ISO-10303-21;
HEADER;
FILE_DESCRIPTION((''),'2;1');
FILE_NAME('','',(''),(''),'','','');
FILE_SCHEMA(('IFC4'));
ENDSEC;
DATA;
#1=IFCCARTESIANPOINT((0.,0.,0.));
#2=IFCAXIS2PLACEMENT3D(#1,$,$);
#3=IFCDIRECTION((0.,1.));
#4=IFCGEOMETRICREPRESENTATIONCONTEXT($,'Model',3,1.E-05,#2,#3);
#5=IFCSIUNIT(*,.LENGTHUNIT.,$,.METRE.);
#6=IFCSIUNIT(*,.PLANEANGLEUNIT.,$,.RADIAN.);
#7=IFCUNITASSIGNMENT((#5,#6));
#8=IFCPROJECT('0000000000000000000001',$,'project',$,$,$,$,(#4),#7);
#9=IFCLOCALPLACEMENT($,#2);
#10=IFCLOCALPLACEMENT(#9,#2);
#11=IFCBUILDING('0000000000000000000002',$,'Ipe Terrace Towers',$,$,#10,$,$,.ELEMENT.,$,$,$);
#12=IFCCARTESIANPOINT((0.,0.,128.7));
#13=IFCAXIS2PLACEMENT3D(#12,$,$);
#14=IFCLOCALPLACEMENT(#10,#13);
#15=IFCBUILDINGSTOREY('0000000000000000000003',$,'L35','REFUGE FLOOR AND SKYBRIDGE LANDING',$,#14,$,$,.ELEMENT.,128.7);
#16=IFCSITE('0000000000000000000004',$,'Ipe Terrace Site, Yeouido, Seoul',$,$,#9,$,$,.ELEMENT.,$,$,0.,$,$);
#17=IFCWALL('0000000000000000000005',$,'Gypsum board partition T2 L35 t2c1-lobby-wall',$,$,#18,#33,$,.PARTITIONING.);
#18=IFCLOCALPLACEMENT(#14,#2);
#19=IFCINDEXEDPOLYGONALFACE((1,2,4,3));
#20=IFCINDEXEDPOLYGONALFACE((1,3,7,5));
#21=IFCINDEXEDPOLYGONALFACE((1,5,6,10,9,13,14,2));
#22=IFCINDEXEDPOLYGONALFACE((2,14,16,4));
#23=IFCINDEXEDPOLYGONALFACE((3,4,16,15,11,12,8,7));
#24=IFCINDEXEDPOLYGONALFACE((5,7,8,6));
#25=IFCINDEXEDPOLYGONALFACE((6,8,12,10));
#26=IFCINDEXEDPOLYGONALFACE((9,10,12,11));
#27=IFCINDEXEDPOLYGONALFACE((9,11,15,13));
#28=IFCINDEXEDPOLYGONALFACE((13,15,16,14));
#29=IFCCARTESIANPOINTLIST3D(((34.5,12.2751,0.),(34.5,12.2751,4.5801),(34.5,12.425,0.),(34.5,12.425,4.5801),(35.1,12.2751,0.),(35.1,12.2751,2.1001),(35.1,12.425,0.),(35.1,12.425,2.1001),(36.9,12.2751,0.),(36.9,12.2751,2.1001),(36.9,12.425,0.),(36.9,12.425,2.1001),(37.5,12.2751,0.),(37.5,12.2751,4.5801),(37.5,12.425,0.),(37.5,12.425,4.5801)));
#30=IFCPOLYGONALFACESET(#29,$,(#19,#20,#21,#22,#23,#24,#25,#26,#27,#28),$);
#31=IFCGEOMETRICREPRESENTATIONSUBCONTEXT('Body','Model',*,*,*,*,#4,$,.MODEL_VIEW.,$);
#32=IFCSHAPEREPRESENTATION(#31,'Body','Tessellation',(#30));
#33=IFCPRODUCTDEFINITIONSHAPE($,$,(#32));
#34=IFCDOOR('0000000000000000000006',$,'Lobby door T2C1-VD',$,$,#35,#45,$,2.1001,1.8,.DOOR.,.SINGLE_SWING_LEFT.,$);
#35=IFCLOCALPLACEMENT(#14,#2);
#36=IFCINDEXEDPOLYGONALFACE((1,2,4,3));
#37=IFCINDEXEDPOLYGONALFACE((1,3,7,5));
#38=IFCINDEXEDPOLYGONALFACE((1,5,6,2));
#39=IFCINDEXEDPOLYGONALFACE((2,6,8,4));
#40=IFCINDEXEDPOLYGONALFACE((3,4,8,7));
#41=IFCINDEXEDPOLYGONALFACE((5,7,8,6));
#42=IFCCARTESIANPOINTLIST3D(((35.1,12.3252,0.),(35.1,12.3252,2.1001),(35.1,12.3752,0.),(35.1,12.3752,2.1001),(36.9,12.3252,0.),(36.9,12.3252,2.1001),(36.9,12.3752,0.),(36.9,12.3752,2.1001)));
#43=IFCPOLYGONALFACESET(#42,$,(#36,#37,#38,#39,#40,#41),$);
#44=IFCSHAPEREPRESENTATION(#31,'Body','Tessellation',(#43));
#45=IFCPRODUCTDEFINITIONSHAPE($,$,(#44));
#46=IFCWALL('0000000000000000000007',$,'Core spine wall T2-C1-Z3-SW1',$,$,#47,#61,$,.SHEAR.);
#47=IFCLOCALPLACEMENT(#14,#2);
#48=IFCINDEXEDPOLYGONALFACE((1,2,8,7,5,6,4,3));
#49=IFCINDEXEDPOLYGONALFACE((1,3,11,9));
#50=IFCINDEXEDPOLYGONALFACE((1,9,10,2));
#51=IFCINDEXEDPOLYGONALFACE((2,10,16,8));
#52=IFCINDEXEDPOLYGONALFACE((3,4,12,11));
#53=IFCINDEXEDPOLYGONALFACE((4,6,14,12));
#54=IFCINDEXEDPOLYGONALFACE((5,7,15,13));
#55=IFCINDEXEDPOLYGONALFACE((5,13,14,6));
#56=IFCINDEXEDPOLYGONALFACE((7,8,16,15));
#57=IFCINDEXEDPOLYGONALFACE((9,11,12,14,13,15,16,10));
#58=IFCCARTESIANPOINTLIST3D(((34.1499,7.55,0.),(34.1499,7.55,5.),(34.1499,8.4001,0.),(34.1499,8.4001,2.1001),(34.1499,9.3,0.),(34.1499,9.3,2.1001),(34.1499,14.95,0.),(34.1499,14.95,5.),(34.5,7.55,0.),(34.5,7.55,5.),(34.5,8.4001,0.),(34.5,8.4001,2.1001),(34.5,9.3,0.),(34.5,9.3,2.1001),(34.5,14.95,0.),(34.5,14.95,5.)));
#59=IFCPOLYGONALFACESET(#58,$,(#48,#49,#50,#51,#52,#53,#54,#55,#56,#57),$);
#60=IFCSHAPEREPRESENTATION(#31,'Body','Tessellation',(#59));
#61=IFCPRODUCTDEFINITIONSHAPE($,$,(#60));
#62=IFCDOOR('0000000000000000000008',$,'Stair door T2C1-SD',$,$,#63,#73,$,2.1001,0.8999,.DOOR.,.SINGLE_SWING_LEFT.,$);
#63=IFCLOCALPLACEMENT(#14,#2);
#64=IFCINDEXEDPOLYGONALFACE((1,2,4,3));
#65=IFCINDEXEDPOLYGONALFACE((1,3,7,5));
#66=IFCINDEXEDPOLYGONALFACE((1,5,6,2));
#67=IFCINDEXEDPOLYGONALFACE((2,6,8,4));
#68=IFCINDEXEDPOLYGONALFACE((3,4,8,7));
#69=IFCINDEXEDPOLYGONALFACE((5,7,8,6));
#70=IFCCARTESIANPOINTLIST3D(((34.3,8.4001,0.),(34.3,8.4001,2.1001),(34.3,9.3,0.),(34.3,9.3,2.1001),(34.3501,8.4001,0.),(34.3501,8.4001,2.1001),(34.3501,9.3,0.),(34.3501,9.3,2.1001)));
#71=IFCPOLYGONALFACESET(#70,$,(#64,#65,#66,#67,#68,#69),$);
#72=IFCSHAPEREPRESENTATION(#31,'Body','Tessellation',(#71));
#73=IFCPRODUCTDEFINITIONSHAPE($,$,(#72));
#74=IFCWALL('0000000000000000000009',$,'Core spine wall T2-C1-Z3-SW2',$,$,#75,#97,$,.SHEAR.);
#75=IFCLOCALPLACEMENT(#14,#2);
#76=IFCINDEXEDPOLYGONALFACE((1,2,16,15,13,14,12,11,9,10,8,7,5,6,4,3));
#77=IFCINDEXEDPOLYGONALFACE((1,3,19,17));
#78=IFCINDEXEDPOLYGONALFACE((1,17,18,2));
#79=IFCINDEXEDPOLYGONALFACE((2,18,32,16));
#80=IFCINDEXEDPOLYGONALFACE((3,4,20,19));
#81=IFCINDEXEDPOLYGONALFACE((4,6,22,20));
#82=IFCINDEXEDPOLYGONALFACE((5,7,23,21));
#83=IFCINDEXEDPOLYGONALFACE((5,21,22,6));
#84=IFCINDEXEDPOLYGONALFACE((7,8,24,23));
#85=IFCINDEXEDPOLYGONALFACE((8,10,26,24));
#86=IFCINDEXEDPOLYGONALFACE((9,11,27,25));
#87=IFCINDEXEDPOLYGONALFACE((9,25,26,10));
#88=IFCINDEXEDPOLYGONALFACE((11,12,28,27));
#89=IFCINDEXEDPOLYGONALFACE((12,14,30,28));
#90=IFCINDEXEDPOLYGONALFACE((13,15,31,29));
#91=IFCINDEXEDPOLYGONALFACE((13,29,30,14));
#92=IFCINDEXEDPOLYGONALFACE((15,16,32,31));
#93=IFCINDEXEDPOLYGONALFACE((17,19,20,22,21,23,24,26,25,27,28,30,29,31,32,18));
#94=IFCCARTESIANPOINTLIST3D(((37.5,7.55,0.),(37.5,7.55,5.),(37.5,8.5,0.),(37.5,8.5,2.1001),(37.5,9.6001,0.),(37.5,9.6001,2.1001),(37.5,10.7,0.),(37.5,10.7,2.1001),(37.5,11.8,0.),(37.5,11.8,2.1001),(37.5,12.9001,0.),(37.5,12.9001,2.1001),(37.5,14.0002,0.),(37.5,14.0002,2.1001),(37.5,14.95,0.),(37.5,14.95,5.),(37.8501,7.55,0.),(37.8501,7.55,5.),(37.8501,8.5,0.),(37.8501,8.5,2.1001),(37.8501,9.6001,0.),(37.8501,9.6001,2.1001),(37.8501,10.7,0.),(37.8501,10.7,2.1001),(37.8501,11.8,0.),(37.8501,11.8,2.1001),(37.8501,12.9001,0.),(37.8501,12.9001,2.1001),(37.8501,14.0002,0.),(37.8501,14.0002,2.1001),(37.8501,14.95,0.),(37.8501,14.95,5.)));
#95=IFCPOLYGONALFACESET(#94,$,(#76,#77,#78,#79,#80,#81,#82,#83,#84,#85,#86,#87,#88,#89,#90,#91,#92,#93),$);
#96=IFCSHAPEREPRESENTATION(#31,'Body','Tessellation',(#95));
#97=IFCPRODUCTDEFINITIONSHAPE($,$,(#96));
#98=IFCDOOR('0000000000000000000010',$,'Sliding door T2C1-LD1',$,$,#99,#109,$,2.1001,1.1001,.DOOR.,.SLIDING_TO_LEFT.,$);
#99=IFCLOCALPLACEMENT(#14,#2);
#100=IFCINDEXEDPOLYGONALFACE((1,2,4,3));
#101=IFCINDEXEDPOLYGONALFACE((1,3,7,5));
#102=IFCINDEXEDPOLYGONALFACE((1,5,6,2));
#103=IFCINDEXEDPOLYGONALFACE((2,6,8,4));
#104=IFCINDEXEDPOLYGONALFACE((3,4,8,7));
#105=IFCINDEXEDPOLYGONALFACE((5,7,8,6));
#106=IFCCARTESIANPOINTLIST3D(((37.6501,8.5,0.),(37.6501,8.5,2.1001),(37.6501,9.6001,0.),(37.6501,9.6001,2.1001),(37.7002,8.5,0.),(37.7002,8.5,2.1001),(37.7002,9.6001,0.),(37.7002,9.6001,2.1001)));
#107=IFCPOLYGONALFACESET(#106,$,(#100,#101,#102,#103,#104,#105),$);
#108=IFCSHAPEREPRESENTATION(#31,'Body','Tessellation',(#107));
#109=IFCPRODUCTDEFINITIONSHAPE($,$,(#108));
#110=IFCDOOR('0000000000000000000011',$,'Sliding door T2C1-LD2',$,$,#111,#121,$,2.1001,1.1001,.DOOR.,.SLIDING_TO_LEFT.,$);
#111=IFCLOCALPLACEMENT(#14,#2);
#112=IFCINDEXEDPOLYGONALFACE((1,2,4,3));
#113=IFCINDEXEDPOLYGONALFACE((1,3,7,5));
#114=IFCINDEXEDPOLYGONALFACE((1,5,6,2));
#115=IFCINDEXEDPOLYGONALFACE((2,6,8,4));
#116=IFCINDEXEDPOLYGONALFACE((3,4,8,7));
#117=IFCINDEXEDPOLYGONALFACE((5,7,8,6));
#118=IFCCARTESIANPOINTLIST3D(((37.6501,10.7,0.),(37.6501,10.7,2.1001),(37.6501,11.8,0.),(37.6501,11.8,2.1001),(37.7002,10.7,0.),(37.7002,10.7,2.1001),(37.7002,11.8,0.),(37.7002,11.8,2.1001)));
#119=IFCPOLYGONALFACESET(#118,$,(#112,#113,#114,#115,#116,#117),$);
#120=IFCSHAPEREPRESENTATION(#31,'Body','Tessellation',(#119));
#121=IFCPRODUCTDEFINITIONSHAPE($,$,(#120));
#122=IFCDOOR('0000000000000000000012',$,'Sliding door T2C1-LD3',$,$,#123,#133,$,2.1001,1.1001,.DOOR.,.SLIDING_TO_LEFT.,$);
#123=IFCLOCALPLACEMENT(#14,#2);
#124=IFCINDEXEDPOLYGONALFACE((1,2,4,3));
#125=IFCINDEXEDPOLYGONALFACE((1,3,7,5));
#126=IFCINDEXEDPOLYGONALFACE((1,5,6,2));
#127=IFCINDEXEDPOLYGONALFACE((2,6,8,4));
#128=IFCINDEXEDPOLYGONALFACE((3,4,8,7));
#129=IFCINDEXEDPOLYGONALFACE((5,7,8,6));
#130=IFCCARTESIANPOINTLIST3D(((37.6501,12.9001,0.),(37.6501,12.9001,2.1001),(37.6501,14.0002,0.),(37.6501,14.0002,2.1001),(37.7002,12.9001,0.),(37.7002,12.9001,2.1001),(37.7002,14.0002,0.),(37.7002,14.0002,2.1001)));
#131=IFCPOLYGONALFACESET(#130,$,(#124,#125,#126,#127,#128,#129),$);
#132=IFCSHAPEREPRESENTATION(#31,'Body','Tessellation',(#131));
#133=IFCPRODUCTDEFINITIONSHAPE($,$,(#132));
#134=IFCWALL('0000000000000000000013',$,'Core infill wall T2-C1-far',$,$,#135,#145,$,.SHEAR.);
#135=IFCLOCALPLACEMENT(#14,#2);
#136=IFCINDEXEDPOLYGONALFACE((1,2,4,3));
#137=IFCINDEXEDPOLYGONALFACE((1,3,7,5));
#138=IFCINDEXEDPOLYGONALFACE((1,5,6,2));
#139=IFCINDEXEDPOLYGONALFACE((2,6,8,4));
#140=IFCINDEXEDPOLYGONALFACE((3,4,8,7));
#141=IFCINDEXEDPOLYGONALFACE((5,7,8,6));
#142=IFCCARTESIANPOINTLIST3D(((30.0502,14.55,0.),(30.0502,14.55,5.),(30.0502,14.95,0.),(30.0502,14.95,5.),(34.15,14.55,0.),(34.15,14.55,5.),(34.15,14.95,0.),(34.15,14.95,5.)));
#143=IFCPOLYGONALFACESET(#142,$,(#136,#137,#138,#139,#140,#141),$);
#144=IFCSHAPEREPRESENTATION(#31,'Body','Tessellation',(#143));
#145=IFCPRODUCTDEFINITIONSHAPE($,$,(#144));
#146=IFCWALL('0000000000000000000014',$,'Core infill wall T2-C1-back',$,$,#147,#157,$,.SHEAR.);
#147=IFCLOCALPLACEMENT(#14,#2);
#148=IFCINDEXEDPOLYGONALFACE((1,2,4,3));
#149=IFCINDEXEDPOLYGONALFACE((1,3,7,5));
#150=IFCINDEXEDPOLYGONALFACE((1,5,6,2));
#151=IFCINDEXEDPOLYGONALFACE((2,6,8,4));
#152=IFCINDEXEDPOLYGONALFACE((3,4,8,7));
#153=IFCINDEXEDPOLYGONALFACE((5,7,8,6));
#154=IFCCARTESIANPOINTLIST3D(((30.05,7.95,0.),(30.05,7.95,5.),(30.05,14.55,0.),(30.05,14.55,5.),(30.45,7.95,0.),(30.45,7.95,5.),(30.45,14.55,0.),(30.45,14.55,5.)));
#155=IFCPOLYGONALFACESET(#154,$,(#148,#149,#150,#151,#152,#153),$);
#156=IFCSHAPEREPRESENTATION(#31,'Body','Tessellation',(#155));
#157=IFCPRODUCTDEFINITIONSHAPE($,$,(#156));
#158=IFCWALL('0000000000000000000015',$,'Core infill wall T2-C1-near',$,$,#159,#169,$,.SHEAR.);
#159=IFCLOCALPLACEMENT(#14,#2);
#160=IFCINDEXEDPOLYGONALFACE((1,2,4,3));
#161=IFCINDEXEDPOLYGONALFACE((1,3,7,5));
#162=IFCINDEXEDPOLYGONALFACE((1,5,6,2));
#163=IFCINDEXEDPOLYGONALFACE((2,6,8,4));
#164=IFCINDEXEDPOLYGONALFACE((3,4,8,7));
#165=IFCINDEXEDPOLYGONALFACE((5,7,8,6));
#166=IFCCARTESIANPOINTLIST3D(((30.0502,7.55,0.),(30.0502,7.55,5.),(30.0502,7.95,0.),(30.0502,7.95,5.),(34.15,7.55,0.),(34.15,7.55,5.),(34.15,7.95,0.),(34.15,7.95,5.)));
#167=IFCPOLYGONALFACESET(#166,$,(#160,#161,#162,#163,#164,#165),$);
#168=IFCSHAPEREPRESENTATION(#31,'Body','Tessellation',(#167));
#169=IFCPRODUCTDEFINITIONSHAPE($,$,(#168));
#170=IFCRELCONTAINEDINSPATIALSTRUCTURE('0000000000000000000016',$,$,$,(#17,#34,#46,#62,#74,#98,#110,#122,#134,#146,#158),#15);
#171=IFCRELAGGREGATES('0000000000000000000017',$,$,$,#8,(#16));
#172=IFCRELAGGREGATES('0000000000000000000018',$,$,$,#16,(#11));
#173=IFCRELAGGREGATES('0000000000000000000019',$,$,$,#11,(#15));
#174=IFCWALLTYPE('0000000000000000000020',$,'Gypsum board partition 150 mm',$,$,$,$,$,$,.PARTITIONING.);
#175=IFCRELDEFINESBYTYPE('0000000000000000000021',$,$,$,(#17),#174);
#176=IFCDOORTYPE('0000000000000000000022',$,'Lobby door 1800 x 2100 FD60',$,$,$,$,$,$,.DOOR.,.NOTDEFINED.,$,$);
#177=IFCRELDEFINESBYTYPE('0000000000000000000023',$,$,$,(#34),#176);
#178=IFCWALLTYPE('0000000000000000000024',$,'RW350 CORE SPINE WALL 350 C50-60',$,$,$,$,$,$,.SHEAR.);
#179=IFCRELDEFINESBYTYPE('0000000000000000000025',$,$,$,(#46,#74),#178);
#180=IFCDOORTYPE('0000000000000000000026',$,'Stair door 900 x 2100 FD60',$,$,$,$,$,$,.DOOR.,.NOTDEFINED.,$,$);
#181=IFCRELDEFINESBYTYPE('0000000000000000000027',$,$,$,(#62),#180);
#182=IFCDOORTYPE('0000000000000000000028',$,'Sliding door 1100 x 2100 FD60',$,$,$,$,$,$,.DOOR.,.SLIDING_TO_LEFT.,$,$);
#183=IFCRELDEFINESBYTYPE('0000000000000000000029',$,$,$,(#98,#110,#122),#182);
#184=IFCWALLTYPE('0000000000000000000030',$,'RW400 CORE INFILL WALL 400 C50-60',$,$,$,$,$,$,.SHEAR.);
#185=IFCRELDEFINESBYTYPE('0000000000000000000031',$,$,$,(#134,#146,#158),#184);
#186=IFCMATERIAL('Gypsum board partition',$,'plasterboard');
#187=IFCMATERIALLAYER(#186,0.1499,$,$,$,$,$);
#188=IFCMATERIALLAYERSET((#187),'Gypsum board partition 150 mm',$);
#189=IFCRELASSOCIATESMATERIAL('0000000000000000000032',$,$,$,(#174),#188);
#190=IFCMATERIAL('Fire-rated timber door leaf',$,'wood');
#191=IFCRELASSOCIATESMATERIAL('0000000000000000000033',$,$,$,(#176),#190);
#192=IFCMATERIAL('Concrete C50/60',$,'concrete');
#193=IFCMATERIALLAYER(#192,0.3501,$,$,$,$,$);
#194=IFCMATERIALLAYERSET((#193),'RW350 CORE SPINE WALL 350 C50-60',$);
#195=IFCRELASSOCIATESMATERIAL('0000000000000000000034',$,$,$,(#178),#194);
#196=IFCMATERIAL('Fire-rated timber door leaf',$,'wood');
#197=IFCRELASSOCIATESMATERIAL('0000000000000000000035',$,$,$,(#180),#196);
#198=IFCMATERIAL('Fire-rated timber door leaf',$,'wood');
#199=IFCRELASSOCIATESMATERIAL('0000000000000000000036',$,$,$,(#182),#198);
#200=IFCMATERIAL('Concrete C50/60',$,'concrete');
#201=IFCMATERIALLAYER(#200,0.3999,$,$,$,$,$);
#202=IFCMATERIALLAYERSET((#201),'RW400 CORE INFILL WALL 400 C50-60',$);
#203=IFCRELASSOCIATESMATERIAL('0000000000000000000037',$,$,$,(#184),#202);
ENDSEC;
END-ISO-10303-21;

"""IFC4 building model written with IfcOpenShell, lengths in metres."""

from ifc_helpers import new_model, si_unit, direction, frame, frame_2d, origin, place, context, subcontext, project, spatial, rectangle, extrude, material, layer, layer_set, type_object, element, fill, save


model = new_model("IFC4")

# Units and contexts
model_context = context("Model", 3, precision=1e-05, world=origin(), true_north=direction((0.0, 1.0)))
body_context = subcontext(model_context, "Body", "Model", "MODEL_VIEW")
ifc_project = project(units=[si_unit("LENGTHUNIT", "METRE"), si_unit("PLANEANGLEUNIT", "RADIAN")], contexts=[model_context])

# Site, building, storey
site_placement = place(None, origin())
site = spatial("IfcSite", under=ifc_project, at=site_placement, Name="Ipe Terrace Site, Yeouido, Seoul", CompositionType="ELEMENT", RefElevation=0.0)
building_placement = place(site_placement, origin())
building = spatial("IfcBuilding", under=site, at=building_placement, Name="Ipe Terrace Towers", CompositionType="ELEMENT")
storey_placement = place(building_placement, frame((0.0, 0.0, 128.7)))
storey = spatial("IfcBuildingStorey", under=building, at=storey_placement, Name="L35", Description="REFUGE FLOOR AND SKYBRIDGE LANDING", CompositionType="ELEMENT", Elevation=128.7)

# Walls, openings, doors
ifc_material_1 = material(Name="Gypsum board partition", Category="plasterboard")
ifc_layer_1 = layer(ifc_material_1, 0.1499)
ifc_layer_set_1 = layer_set([ifc_layer_1], Name="Gypsum board partition 150 mm")
wall_type_1 = type_object("IfcWallType", Name="Gypsum board partition 150 mm", PredefinedType="PARTITIONING", material=ifc_layer_set_1)
wall_1_placement = place(storey_placement, frame((37.5, 12.3501, 0.0), z_axis=(0.0, 0.0, 1.0), x_axis=(-1.0, 0.0, 0.0)))
wall_1 = element("IfcWall", 1, at=wall_1_placement, inside=storey, type_object=wall_type_1, Name="Gypsum board partition T2 L35 t2c1-lobby-wall", PredefinedType="PARTITIONING", context=body_context, shape_type="SweptSolid", body=[
    extrude(rectangle(XDim=3.0, YDim=0.1499, at=frame_2d((1.5, 0.0))), origin(), (0.0, 0.0, 1.0), 4.5801),
])
opening_1_placement = place(wall_1_placement, frame((0.6001, 0.0, 0.0)))
opening_1 = element("IfcOpeningElement", 2, at=opening_1_placement, cuts=wall_1, PredefinedType="OPENING", context=body_context, shape_type="SweptSolid", body=[
    extrude(rectangle(XDim=1.8, YDim=2.1001, at=frame_2d((0.8999, 1.05))), frame((0.0, 0.085, 0.0), z_axis=(0.0, -1.0, 0.0), x_axis=(1.0, 0.0, 0.0)), (0.0, 0.0, 1.0), 0.1699),
])
ifc_material_2 = material(Name="Fire-rated timber door leaf", Category="wood")
door_type_1 = type_object("IfcDoorType", Name="Lobby door 1800 x 2100 FD60", OperationType="NOTDEFINED", PredefinedType="DOOR", material=ifc_material_2)
door_1_placement = place(opening_1_placement, origin())
door_1 = element("IfcDoor", 3, at=door_1_placement, inside=storey, type_object=door_type_1, Name="Lobby door T2C1-VD", OperationType="SINGLE_SWING_LEFT", OverallHeight=2.1001, OverallWidth=1.8, PredefinedType="DOOR", context=body_context, shape_type="SweptSolid", body=[
    extrude(rectangle(XDim=1.8, YDim=2.1001, at=frame_2d((0.8999, 1.05))), frame((0.0, 0.0249, 0.0), z_axis=(0.0, -1.0, 0.0), x_axis=(1.0, 0.0, 0.0)), (0.0, 0.0, 1.0), 0.05),
])
fill(opening_1, door_1)
ifc_material_3 = material(Name="Concrete C50/60", Category="concrete")
ifc_layer_2 = layer(ifc_material_3, 0.3501)
ifc_layer_set_2 = layer_set([ifc_layer_2], Name="RW350 CORE SPINE WALL 350 C50-60")
wall_type_2 = type_object("IfcWallType", Name="RW350 CORE SPINE WALL 350 C50-60", PredefinedType="SHEAR", material=ifc_layer_set_2)
wall_2_placement = place(storey_placement, frame((34.325, 7.55, 0.0), z_axis=(0.0, 0.0, 1.0), x_axis=(0.0, 1.0, 0.0)))
wall_2 = element("IfcWall", 4, at=wall_2_placement, inside=storey, type_object=wall_type_2, Name="Core spine wall T2-C1-Z3-SW1", PredefinedType="SHEAR", context=body_context, shape_type="SweptSolid", body=[
    extrude(rectangle(XDim=7.3999, YDim=0.3501, at=frame_2d((3.7, 0.0))), origin(), (0.0, 0.0, 1.0), 5.0),
])
opening_2_placement = place(wall_2_placement, frame((0.8501, 0.0, 0.0)))
opening_2 = element("IfcOpeningElement", 5, at=opening_2_placement, cuts=wall_2, PredefinedType="OPENING", context=body_context, shape_type="SweptSolid", body=[
    extrude(rectangle(XDim=0.8999, YDim=2.1001, at=frame_2d((0.45, 1.05))), frame((0.0, 0.1851, 0.0), z_axis=(0.0, -1.0, 0.0), x_axis=(1.0, 0.0, 0.0)), (0.0, 0.0, 1.0), 0.3701),
])
ifc_material_4 = material(Name="Fire-rated timber door leaf", Category="wood")
door_type_2 = type_object("IfcDoorType", Name="Stair door 900 x 2100 FD60", OperationType="NOTDEFINED", PredefinedType="DOOR", material=ifc_material_4)
door_2_placement = place(opening_2_placement, origin())
door_2 = element("IfcDoor", 6, at=door_2_placement, inside=storey, type_object=door_type_2, Name="Stair door T2C1-SD", OperationType="SINGLE_SWING_LEFT", OverallHeight=2.1001, OverallWidth=0.8999, PredefinedType="DOOR", context=body_context, shape_type="SweptSolid", body=[
    extrude(rectangle(XDim=0.8999, YDim=2.1001, at=frame_2d((0.45, 1.05))), frame((0.0, 0.0249, 0.0), z_axis=(0.0, -1.0, 0.0), x_axis=(1.0, 0.0, 0.0)), (0.0, 0.0, 1.0), 0.05),
])
fill(opening_2, door_2)

# Wall, openings, doors
wall_3_placement = place(storey_placement, frame((37.675, 7.55, 0.0), z_axis=(0.0, 0.0, 1.0), x_axis=(0.0, 1.0, 0.0)))
wall_3 = element("IfcWall", 7, at=wall_3_placement, inside=storey, type_object=wall_type_2, Name="Core spine wall T2-C1-Z3-SW2", PredefinedType="SHEAR", context=body_context, shape_type="SweptSolid", body=[
    extrude(rectangle(XDim=7.3999, YDim=0.3501, at=frame_2d((3.7, 0.0))), origin(), (0.0, 0.0, 1.0), 5.0),
])
opening_3_placement = place(wall_3_placement, frame((0.95, 0.0, 0.0)))
opening_3 = element("IfcOpeningElement", 8, at=opening_3_placement, cuts=wall_3, PredefinedType="OPENING", context=body_context, shape_type="SweptSolid", body=[
    extrude(rectangle(XDim=1.1001, YDim=2.1001, at=frame_2d((0.55, 1.05))), frame((0.0, 0.1851, 0.0), z_axis=(0.0, -1.0, 0.0), x_axis=(1.0, 0.0, 0.0)), (0.0, 0.0, 1.0), 0.3701),
])
opening_4_placement = place(wall_3_placement, frame((3.1499, 0.0, 0.0)))
opening_4 = element("IfcOpeningElement", 9, at=opening_4_placement, cuts=wall_3, PredefinedType="OPENING", context=body_context, shape_type="SweptSolid", body=[
    extrude(rectangle(XDim=1.1001, YDim=2.1001, at=frame_2d((0.55, 1.05))), frame((0.0, 0.1851, 0.0), z_axis=(0.0, -1.0, 0.0), x_axis=(1.0, 0.0, 0.0)), (0.0, 0.0, 1.0), 0.3701),
])
opening_5_placement = place(wall_3_placement, frame((5.3501, 0.0, 0.0)))
opening_5 = element("IfcOpeningElement", 10, at=opening_5_placement, cuts=wall_3, PredefinedType="OPENING", context=body_context, shape_type="SweptSolid", body=[
    extrude(rectangle(XDim=1.1001, YDim=2.1001, at=frame_2d((0.55, 1.05))), frame((0.0, 0.1851, 0.0), z_axis=(0.0, -1.0, 0.0), x_axis=(1.0, 0.0, 0.0)), (0.0, 0.0, 1.0), 0.3701),
])
ifc_material_5 = material(Name="Fire-rated timber door leaf", Category="wood")
door_type_3 = type_object("IfcDoorType", Name="Sliding door 1100 x 2100 FD60", OperationType="SLIDING_TO_LEFT", PredefinedType="DOOR", material=ifc_material_5)
door_3_placement = place(opening_3_placement, origin())
door_3 = element("IfcDoor", 11, at=door_3_placement, inside=storey, type_object=door_type_3, Name="Sliding door T2C1-LD1", OperationType="SLIDING_TO_LEFT", OverallHeight=2.1001, OverallWidth=1.1001, PredefinedType="DOOR", context=body_context, shape_type="SweptSolid", body=[
    extrude(rectangle(XDim=1.1001, YDim=2.1001, at=frame_2d((0.55, 1.05))), frame((0.0, 0.0249, 0.0), z_axis=(0.0, -1.0, 0.0), x_axis=(1.0, 0.0, 0.0)), (0.0, 0.0, 1.0), 0.05),
])
fill(opening_3, door_3)
door_4_placement = place(opening_4_placement, origin())
door_4 = element("IfcDoor", 12, at=door_4_placement, inside=storey, type_object=door_type_3, Name="Sliding door T2C1-LD2", OperationType="SLIDING_TO_LEFT", OverallHeight=2.1001, OverallWidth=1.1001, PredefinedType="DOOR", context=body_context, shape_type="SweptSolid", body=[
    extrude(rectangle(XDim=1.1001, YDim=2.1001, at=frame_2d((0.55, 1.05))), frame((0.0, 0.0249, 0.0), z_axis=(0.0, -1.0, 0.0), x_axis=(1.0, 0.0, 0.0)), (0.0, 0.0, 1.0), 0.05),
])
fill(opening_4, door_4)
door_5_placement = place(opening_5_placement, origin())
door_5 = element("IfcDoor", 13, at=door_5_placement, inside=storey, type_object=door_type_3, Name="Sliding door T2C1-LD3", OperationType="SLIDING_TO_LEFT", OverallHeight=2.1001, OverallWidth=1.1001, PredefinedType="DOOR", context=body_context, shape_type="SweptSolid", body=[
    extrude(rectangle(XDim=1.1001, YDim=2.1001, at=frame_2d((0.55, 1.05))), frame((0.0, 0.0249, 0.0), z_axis=(0.0, -1.0, 0.0), x_axis=(1.0, 0.0, 0.0)), (0.0, 0.0, 1.0), 0.05),
])
fill(opening_5, door_5)

# Walls
ifc_material_6 = material(Name="Concrete C50/60", Category="concrete")
ifc_layer_3 = layer(ifc_material_6, 0.3999)
ifc_layer_set_3 = layer_set([ifc_layer_3], Name="RW400 CORE INFILL WALL 400 C50-60")
wall_type_3 = type_object("IfcWallType", Name="RW400 CORE INFILL WALL 400 C50-60", PredefinedType="SHEAR", material=ifc_layer_set_3)
wall_4_placement = place(storey_placement, frame((34.1499, 14.75, 0.0), z_axis=(0.0, 0.0, 1.0), x_axis=(-1.0, 0.0, 0.0)))
element("IfcWall", 14, at=wall_4_placement, inside=storey, type_object=wall_type_3, Name="Core infill wall T2-C1-far", PredefinedType="SHEAR", context=body_context, shape_type="SweptSolid", body=[
    extrude(rectangle(XDim=4.0999, YDim=0.3999, at=frame_2d((2.0498, 0.0))), origin(), (0.0, 0.0, 1.0), 5.0),
])
wall_5_placement = place(storey_placement, frame((30.25, 7.95, 0.0), z_axis=(0.0, 0.0, 1.0), x_axis=(0.0, 1.0, 0.0)))
element("IfcWall", 15, at=wall_5_placement, inside=storey, type_object=wall_type_3, Name="Core infill wall T2-C1-back", PredefinedType="SHEAR", context=body_context, shape_type="SweptSolid", body=[
    extrude(rectangle(XDim=6.6001, YDim=0.3999, at=frame_2d((3.3, 0.0))), origin(), (0.0, 0.0, 1.0), 5.0),
])
wall_6_placement = place(storey_placement, frame((34.1499, 7.75, 0.0), z_axis=(0.0, 0.0, 1.0), x_axis=(-1.0, 0.0, 0.0)))
element("IfcWall", 16, at=wall_6_placement, inside=storey, type_object=wall_type_3, Name="Core infill wall T2-C1-near", PredefinedType="SHEAR", context=body_context, shape_type="SweptSolid", body=[
    extrude(rectangle(XDim=4.0999, YDim=0.3999, at=frame_2d((2.0498, 0.0))), origin(), (0.0, 0.0, 1.0), 5.0),
])

save(model, "model.ifc")
